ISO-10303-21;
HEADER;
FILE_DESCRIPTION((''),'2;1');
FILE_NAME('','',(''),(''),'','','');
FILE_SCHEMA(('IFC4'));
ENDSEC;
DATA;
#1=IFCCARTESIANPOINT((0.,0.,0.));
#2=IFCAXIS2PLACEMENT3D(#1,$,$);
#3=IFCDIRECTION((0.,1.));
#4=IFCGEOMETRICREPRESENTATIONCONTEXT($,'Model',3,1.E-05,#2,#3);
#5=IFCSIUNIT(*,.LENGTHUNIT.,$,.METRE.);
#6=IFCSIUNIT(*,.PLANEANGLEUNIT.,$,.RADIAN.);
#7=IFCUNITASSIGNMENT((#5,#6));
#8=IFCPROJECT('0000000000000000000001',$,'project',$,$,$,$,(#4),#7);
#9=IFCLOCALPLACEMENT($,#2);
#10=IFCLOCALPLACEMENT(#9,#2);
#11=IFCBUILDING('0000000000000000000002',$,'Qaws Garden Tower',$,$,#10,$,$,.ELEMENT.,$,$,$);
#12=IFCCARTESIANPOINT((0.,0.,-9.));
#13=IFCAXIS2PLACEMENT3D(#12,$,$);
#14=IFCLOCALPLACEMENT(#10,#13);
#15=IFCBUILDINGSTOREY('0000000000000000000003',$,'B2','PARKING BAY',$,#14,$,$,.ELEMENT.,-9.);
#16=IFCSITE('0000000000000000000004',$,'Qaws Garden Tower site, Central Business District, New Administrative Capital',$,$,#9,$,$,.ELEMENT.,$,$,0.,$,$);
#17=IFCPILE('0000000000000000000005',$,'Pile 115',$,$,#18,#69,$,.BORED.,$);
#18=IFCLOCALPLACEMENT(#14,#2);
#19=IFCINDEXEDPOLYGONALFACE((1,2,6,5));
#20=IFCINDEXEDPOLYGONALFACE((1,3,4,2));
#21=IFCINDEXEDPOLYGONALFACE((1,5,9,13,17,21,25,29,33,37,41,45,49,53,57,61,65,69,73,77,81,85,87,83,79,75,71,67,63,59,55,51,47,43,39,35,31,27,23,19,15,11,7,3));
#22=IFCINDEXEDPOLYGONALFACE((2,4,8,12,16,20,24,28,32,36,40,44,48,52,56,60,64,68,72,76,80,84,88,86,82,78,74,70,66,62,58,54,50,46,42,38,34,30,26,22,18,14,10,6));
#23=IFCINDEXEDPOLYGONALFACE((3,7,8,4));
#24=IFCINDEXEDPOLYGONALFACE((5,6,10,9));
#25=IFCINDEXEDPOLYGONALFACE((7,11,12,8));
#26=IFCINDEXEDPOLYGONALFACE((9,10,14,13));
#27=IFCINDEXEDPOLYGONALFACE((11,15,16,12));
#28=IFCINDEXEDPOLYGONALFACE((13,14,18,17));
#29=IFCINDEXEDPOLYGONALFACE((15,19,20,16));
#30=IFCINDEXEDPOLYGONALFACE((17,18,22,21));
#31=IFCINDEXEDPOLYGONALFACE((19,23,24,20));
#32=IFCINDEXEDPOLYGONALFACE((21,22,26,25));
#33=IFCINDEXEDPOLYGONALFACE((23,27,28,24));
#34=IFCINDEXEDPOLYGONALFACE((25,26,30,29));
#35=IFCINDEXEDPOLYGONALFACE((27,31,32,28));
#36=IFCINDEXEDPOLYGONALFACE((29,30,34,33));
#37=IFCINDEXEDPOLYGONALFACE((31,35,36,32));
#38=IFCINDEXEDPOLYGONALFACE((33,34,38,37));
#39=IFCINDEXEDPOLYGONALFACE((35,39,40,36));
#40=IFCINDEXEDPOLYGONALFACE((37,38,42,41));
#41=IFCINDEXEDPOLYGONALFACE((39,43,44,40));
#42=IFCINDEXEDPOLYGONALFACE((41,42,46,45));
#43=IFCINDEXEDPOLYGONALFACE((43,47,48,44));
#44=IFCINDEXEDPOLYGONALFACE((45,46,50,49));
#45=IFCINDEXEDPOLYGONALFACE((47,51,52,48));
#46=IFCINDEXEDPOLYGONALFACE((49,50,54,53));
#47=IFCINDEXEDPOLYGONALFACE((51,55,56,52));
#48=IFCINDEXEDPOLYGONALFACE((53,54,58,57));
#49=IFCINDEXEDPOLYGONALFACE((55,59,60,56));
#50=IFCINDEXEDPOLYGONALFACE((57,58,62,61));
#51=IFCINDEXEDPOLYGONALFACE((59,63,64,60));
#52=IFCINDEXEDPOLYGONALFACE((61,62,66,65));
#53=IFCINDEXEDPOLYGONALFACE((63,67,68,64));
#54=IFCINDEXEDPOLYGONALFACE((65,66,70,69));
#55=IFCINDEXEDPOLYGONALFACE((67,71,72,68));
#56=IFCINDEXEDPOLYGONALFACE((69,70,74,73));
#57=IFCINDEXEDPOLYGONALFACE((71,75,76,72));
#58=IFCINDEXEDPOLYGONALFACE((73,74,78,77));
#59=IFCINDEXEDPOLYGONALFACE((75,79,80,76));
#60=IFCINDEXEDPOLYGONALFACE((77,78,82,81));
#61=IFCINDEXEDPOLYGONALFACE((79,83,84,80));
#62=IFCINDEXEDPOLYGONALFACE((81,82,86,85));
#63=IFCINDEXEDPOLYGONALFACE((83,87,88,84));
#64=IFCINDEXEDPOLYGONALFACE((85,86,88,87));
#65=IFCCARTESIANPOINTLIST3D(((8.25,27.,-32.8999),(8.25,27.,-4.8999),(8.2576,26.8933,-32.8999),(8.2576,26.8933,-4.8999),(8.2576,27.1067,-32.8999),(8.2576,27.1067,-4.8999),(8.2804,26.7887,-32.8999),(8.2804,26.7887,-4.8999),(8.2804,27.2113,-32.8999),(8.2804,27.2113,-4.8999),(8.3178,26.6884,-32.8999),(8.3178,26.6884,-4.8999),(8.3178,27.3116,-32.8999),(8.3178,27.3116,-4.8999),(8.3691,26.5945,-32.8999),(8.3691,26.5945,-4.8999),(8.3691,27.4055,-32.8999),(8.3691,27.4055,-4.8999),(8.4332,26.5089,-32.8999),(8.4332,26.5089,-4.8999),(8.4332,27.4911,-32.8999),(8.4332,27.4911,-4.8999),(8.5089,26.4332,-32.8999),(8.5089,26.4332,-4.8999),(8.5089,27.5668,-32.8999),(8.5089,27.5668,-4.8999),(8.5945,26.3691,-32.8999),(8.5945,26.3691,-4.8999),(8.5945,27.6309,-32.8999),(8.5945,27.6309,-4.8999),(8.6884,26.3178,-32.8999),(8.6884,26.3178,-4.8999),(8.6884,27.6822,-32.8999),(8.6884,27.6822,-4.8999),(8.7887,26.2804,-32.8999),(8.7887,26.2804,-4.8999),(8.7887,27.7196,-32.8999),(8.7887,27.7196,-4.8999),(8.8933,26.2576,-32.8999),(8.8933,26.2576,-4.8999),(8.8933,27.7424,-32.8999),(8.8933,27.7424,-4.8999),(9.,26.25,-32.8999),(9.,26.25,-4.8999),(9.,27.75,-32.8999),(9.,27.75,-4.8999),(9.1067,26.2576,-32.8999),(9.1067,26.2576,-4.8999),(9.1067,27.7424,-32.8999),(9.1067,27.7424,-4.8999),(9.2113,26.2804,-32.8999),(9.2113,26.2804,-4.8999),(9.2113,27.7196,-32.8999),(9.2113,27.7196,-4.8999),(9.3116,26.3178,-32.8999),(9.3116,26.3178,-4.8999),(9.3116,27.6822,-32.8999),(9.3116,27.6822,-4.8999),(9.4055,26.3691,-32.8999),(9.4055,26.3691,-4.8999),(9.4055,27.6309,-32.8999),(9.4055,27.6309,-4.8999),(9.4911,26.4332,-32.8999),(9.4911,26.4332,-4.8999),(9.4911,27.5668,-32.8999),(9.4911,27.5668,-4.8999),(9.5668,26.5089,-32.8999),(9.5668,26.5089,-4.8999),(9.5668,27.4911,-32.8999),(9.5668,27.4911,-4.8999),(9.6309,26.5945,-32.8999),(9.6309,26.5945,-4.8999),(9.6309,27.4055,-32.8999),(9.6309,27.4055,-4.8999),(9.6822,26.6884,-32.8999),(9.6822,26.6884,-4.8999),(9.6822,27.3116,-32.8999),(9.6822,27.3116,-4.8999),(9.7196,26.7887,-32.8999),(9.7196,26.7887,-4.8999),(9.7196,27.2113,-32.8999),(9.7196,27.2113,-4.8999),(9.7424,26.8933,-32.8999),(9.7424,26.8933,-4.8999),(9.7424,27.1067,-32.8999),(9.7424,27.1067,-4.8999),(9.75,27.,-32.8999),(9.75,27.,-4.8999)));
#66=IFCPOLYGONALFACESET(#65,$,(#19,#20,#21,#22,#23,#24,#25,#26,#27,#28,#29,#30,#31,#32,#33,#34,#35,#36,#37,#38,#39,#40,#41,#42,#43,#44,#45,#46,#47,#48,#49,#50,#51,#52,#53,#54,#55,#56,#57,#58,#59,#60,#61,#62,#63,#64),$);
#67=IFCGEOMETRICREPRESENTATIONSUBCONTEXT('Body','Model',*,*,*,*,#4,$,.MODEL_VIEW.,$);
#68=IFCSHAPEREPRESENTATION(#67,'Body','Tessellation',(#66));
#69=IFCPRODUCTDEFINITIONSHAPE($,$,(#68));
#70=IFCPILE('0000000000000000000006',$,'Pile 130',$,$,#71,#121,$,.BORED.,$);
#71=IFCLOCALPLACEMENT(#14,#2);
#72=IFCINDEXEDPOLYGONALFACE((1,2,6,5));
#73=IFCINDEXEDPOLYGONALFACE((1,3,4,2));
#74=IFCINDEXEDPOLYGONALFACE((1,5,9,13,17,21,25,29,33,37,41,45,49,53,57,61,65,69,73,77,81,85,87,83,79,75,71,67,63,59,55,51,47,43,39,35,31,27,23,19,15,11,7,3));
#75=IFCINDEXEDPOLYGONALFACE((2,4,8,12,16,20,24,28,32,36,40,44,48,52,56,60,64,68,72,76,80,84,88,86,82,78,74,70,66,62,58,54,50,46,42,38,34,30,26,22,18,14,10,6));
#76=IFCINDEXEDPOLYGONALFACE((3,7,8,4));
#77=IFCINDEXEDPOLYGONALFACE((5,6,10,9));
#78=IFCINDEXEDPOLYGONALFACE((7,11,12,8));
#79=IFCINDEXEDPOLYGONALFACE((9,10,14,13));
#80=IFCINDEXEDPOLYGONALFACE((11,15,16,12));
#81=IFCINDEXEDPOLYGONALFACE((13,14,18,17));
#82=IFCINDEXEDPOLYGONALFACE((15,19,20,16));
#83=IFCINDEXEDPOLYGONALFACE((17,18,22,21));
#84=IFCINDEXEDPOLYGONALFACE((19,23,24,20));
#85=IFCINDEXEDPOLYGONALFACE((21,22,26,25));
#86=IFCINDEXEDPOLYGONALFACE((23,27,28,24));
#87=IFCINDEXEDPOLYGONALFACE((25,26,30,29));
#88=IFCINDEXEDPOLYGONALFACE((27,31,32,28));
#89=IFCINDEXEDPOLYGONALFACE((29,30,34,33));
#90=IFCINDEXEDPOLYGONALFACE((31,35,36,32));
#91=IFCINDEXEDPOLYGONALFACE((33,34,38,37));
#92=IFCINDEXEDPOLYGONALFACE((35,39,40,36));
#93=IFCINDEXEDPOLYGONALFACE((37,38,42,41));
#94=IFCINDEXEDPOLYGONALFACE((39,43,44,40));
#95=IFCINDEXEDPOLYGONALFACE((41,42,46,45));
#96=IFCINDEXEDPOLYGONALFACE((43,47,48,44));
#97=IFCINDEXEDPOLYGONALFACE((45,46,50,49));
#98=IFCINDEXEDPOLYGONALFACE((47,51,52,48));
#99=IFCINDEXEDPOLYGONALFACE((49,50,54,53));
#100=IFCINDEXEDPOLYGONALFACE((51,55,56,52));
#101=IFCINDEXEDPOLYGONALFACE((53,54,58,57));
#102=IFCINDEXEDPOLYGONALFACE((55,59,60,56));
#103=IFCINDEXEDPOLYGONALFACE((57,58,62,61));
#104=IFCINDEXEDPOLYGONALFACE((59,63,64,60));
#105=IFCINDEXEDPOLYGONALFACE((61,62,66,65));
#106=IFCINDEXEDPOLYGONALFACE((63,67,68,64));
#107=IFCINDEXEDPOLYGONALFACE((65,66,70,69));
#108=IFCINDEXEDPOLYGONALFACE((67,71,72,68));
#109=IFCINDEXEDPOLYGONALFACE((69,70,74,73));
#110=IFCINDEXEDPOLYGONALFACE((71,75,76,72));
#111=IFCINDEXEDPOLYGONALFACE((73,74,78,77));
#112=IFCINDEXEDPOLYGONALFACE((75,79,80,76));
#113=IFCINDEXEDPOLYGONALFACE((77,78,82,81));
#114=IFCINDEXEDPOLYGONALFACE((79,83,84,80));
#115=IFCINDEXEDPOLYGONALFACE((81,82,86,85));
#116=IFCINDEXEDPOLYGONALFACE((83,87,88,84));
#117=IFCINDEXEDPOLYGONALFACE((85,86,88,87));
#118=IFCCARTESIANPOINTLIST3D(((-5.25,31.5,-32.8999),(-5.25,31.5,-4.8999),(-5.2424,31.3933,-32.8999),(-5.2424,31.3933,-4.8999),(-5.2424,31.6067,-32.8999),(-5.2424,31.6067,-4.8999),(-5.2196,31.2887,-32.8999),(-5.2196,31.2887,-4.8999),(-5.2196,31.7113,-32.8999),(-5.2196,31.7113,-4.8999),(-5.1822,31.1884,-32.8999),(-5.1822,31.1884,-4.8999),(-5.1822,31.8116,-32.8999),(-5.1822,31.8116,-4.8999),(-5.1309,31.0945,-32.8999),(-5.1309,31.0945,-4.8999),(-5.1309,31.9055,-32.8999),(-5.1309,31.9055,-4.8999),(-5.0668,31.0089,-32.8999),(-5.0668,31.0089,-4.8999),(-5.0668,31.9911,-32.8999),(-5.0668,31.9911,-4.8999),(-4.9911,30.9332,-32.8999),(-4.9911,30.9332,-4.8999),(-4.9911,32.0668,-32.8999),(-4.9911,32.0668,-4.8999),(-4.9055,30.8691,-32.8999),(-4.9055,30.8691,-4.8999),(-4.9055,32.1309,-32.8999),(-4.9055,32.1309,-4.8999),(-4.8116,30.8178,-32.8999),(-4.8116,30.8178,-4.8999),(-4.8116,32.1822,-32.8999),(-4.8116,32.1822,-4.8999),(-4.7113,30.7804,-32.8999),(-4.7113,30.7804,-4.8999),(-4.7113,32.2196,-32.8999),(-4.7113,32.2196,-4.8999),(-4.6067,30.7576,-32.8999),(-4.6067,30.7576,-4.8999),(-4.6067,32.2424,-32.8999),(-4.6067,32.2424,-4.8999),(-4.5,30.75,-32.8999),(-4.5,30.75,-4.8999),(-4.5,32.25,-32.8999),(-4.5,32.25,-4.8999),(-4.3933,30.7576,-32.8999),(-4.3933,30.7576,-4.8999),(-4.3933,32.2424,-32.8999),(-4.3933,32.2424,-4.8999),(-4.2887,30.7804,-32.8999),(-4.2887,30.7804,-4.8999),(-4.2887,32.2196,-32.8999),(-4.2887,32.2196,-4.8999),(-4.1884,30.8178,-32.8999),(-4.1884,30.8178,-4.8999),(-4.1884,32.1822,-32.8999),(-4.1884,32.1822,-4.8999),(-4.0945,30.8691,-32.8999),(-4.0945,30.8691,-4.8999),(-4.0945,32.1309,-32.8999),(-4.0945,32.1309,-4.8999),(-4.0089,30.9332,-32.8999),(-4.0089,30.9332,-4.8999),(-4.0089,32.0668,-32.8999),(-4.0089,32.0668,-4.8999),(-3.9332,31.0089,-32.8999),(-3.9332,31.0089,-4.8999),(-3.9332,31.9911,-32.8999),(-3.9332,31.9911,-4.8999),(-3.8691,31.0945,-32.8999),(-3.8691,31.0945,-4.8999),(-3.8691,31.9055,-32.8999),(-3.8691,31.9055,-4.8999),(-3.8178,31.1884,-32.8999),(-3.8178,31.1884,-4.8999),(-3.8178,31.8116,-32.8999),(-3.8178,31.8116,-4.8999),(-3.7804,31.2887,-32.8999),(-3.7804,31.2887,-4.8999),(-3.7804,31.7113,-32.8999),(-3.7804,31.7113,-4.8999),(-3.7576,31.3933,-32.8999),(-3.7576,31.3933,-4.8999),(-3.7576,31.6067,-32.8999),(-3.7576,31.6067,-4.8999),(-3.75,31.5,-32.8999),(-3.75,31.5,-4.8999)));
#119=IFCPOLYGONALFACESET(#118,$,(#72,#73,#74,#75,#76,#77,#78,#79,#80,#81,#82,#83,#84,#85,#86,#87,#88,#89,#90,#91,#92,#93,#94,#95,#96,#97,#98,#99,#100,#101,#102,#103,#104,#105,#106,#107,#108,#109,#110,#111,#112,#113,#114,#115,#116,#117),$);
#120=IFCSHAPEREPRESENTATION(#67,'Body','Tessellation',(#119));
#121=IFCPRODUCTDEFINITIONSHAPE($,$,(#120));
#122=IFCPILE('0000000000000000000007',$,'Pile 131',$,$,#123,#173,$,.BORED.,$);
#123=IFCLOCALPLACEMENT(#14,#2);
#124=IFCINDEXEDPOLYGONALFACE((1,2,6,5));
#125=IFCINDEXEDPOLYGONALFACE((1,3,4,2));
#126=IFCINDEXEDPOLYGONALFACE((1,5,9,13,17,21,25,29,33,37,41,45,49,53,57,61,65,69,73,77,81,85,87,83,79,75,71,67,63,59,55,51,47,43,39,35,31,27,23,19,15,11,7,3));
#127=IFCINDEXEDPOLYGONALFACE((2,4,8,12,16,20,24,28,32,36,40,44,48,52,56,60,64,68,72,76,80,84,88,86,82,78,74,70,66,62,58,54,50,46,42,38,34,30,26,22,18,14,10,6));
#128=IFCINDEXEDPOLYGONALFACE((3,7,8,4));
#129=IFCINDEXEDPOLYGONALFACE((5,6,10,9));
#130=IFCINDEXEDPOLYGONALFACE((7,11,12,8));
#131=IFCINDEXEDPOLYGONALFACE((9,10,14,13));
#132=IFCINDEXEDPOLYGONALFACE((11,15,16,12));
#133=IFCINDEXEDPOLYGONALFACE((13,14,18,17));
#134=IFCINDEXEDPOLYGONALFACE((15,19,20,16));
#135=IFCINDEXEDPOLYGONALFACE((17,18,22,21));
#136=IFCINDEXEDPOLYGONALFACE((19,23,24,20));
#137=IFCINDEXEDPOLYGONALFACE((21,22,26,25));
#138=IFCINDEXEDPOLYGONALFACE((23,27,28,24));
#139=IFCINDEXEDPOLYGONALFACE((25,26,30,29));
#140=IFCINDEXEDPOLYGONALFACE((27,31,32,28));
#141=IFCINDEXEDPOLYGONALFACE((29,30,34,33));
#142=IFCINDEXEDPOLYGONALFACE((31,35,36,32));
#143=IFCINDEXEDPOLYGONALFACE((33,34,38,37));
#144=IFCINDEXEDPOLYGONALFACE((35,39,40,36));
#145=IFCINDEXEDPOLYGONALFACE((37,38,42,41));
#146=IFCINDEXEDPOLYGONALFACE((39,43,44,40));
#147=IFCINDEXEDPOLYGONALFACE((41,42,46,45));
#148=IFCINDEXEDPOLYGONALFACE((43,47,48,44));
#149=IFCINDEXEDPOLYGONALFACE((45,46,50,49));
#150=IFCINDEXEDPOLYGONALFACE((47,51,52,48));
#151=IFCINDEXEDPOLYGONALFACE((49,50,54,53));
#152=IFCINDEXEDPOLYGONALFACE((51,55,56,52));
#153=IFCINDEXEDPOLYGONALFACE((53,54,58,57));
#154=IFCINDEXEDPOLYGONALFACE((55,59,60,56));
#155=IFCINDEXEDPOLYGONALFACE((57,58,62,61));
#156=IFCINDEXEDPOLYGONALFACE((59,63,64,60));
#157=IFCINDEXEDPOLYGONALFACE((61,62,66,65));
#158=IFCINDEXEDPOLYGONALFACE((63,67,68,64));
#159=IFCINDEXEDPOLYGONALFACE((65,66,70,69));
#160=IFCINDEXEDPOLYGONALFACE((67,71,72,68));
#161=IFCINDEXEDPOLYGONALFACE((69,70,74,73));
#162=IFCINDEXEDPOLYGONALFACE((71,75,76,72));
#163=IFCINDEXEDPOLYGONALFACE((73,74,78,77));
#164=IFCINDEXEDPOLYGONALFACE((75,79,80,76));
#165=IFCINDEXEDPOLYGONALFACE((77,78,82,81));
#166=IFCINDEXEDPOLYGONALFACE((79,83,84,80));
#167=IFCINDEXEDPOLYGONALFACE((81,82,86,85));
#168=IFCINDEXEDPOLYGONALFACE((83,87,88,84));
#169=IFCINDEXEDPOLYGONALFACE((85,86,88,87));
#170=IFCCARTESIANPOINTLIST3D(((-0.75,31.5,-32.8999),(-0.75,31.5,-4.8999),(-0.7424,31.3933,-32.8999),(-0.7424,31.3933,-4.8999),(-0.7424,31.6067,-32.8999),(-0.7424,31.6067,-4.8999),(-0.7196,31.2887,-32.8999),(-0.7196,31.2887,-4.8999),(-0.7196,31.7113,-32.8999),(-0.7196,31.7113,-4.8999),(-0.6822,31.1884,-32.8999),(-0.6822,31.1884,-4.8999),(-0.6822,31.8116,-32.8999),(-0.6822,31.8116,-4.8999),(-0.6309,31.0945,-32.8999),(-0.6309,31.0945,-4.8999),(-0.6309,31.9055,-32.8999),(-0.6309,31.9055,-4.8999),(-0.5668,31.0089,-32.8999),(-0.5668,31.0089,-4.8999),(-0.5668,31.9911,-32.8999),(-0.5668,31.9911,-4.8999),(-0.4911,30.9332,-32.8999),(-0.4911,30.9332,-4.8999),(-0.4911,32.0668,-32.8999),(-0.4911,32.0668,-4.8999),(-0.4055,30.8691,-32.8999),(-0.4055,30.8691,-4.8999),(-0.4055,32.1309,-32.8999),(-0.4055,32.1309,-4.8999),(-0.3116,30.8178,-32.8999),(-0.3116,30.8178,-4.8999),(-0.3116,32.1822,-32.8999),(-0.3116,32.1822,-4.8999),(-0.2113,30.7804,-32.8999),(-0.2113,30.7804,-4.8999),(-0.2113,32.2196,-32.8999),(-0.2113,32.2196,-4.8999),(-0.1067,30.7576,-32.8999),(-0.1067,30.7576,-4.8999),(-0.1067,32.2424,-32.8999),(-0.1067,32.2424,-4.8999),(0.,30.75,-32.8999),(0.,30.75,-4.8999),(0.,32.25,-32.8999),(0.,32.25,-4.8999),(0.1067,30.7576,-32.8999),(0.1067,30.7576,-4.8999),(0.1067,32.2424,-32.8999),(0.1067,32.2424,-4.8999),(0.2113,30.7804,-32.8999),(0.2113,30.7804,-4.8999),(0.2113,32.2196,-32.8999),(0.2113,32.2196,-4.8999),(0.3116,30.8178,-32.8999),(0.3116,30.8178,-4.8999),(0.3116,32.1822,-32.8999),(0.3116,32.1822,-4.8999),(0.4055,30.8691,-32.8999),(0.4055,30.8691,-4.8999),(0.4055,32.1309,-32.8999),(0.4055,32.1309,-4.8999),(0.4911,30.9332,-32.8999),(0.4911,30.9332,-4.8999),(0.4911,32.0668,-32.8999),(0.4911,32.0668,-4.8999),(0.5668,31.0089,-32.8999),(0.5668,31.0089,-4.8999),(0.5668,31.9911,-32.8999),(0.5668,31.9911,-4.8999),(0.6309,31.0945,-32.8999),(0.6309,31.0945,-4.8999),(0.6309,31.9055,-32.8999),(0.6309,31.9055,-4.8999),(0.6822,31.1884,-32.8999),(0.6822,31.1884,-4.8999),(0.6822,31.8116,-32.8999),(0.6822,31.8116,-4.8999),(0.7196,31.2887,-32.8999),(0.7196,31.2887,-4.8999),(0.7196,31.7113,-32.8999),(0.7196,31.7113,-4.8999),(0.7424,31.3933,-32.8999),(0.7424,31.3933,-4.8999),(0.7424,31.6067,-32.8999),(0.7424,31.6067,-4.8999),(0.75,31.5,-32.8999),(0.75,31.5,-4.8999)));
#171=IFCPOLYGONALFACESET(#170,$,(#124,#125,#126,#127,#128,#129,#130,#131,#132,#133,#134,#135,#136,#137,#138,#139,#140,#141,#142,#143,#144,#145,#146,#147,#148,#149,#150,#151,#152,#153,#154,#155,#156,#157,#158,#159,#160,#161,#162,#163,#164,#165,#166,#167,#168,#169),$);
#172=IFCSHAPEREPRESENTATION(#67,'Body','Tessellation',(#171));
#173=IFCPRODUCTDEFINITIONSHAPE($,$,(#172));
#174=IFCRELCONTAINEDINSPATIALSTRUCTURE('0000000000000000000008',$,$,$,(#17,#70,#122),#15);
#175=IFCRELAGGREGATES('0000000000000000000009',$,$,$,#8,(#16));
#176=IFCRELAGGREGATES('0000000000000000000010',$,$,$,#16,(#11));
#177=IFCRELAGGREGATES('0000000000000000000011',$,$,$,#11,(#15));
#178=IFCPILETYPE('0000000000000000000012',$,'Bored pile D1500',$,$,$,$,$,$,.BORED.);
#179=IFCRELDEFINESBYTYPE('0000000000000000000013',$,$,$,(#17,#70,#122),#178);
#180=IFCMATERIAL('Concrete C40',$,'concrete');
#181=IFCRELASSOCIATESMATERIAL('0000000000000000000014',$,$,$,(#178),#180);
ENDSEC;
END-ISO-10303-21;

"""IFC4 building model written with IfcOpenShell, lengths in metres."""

from ifc_helpers import new_model, si_unit, direction, frame, origin, origin_2d, place, context, subcontext, project, spatial, circle, extrude, material, material_profile, profile_set, type_object, element, save


model = new_model("IFC4")

# Units and contexts
model_context = context("Model", 3, precision=1e-05, world=origin(), true_north=direction((0.0, 1.0)))
body_context = subcontext(model_context, "Body", "Model", "MODEL_VIEW")
ifc_project = project(units=[si_unit("LENGTHUNIT", "METRE"), si_unit("PLANEANGLEUNIT", "RADIAN")], contexts=[model_context])

# Site, building, storey
site_placement = place(None, origin())
site = spatial("IfcSite", under=ifc_project, at=site_placement, Name="Qaws Garden Tower site, Central Business District, New Administrative Capital", CompositionType="ELEMENT", RefElevation=0.0)
building_placement = place(site_placement, origin())
building = spatial("IfcBuilding", under=site, at=building_placement, Name="Qaws Garden Tower", CompositionType="ELEMENT")
storey_placement = place(building_placement, frame((0.0, 0.0, -9.0)))
storey = spatial("IfcBuildingStorey", under=building, at=storey_placement, Name="B2", Description="PARKING BAY", CompositionType="ELEMENT", Elevation=-9.0)

# Piles
ifc_material_1 = material(Name="Concrete C40", Category="concrete")
ifc_material_profile_1 = material_profile(ifc_material_1, circle(Radius=0.75, at=origin_2d()), Name="Bored pile D1500")
ifc_profile_set_1 = profile_set([ifc_material_profile_1], Name="Concrete C40")
pile_type = type_object("IfcPileType", Name="Bored pile D1500", PredefinedType="BORED", material=ifc_profile_set_1)
for number, where, z_axis, x_axis, name in (
    (1, (9.0, 27.0, -4.8999), (0.0, 0.0, -1.0), (1.0, 0.0, 0.0), "Pile 115"),
    (2, (-4.5, 31.5, -4.8999), (0.0, 0.0, -1.0), (1.0, 0.0, 0.0), "Pile 130"),
    (3, (0.0, 31.5, -4.8999), (0.0, 0.0, -1.0), (1.0, 0.0, 0.0), "Pile 131"),
):
    element("IfcPile", number, at=place(storey_placement, frame(where, z_axis=z_axis, x_axis=x_axis)), inside=storey, type_object=pile_type, Name=name, PredefinedType="BORED", context=body_context, shape_type="SweptSolid", body=[
        extrude(circle(Radius=0.75, at=origin_2d()), origin(), (0.0, 0.0, 1.0), 28.0),
    ])

save(model, "model.ifc")
